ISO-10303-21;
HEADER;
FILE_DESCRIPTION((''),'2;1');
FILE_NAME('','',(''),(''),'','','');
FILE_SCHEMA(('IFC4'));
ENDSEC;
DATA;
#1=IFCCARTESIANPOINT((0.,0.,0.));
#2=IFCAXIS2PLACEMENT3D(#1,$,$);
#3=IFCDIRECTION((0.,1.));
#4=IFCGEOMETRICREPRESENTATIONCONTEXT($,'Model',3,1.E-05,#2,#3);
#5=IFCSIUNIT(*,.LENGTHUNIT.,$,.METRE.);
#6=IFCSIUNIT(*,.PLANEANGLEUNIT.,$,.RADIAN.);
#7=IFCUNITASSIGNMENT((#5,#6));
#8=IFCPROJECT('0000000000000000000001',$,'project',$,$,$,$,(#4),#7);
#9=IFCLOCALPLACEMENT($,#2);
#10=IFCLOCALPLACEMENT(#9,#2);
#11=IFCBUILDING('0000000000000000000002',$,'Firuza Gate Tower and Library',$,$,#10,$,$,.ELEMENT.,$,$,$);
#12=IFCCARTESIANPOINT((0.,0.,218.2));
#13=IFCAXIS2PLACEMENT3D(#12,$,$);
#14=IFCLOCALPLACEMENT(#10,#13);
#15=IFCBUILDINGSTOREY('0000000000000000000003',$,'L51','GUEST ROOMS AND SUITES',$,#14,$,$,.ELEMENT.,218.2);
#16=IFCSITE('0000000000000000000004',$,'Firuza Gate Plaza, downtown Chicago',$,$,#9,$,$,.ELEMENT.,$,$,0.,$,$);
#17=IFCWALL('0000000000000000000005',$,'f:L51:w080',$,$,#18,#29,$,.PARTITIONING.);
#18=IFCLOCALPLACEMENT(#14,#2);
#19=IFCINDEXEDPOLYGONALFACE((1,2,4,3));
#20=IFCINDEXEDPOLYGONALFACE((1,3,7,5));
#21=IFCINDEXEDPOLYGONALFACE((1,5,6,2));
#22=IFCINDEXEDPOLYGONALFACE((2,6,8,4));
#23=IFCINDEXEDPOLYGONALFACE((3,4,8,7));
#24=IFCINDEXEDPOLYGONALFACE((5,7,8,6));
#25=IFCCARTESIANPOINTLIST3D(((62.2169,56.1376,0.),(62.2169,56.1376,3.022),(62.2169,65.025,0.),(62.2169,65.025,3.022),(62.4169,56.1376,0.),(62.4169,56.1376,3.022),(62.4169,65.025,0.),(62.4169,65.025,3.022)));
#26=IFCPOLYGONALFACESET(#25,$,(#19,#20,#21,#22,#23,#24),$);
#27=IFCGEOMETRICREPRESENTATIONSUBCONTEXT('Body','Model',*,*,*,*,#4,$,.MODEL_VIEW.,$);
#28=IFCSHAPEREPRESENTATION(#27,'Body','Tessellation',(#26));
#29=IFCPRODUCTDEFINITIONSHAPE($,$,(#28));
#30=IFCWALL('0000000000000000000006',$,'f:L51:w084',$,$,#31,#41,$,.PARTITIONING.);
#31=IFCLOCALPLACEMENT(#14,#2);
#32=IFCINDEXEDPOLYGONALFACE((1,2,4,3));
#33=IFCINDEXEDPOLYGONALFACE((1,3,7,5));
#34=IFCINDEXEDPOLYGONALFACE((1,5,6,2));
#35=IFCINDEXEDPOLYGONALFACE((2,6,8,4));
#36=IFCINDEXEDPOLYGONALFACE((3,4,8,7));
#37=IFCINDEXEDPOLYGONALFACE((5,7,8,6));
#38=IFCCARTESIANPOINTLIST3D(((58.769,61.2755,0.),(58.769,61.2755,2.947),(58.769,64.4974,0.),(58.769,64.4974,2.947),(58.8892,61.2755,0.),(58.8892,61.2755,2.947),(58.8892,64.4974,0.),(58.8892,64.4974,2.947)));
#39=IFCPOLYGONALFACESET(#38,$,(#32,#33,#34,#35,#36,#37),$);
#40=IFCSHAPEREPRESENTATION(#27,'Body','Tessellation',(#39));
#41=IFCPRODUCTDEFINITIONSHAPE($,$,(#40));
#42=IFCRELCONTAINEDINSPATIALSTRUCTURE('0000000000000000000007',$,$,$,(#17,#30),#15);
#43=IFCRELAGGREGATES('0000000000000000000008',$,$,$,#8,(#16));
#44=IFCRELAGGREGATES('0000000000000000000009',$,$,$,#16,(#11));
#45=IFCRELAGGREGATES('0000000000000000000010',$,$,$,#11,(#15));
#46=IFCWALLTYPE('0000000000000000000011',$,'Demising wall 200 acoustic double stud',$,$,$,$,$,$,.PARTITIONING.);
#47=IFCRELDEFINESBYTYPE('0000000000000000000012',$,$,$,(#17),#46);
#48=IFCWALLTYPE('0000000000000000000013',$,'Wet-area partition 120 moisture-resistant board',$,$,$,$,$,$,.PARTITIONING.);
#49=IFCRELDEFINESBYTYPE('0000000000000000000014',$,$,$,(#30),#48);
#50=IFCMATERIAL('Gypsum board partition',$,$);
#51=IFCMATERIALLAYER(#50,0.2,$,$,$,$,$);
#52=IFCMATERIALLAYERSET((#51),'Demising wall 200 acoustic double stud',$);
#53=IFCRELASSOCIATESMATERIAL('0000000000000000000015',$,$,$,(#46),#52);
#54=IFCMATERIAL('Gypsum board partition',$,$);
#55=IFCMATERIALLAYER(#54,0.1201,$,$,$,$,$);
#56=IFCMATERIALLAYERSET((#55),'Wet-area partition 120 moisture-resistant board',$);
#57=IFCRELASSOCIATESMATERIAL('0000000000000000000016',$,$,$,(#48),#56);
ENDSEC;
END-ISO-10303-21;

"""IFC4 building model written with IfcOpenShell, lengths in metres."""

from ifc_helpers import new_model, si_unit, direction, frame, frame_2d, origin, place, context, subcontext, project, spatial, rectangle, extrude, material, layer, layer_set, type_object, element, save


model = new_model("IFC4")

# Units and contexts
model_context = context("Model", 3, precision=1e-05, world=origin(), true_north=direction((0.0, 1.0)))
body_context = subcontext(model_context, "Body", "Model", "MODEL_VIEW")
ifc_project = project(units=[si_unit("LENGTHUNIT", "METRE"), si_unit("PLANEANGLEUNIT", "RADIAN")], contexts=[model_context])

# Site, building, storey
site_placement = place(None, origin())
site = spatial("IfcSite", under=ifc_project, at=site_placement, Name="Firuza Gate Plaza, downtown Chicago", CompositionType="ELEMENT", RefElevation=0.0)
building_placement = place(site_placement, origin())
building = spatial("IfcBuilding", under=site, at=building_placement, Name="Firuza Gate Tower and Library", CompositionType="ELEMENT")
storey_placement = place(building_placement, frame((0.0, 0.0, 218.2)))
storey = spatial("IfcBuildingStorey", under=building, at=storey_placement, Name="L51", Description="GUEST ROOMS AND SUITES", CompositionType="ELEMENT", Elevation=218.2)

# Walls
ifc_material_1 = material(Name="Gypsum board partition")
ifc_layer_1 = layer(ifc_material_1, 0.2)
ifc_layer_set_1 = layer_set([ifc_layer_1], Name="Demising wall 200 acoustic double stud")
wall_type_1 = type_object("IfcWallType", Name="Demising wall 200 acoustic double stud", PredefinedType="PARTITIONING", material=ifc_layer_set_1)
for number, where, z_axis, x_axis, name in (
    (1, (62.3169, 56.1375, 0.0), (0.0, 0.0, 1.0), (0.0, 1.0, 0.0), "f:L51:w080"),
):
    element("IfcWall", number, at=place(storey_placement, frame(where, z_axis=z_axis, x_axis=x_axis)), inside=storey, type_object=wall_type_1, Name=name, PredefinedType="PARTITIONING", context=body_context, shape_type="SweptSolid", body=[
        extrude(rectangle(XDim=8.8875, YDim=0.2, at=frame_2d((4.4438, 0.0))), origin(), (0.0, 0.0, 1.0), 3.022),
    ])
ifc_material_2 = material(Name="Gypsum board partition")
ifc_layer_2 = layer(ifc_material_2, 0.1201)
ifc_layer_set_2 = layer_set([ifc_layer_2], Name="Wet-area partition 120 moisture-resistant board")
wall_type_2 = type_object("IfcWallType", Name="Wet-area partition 120 moisture-resistant board", PredefinedType="PARTITIONING", material=ifc_layer_set_2)
wall_placement = place(storey_placement, frame((58.8291, 61.2756, 0.0), z_axis=(0.0, 0.0, 1.0), x_axis=(0.0, 1.0, 0.0)))
element("IfcWall", 2, at=wall_placement, inside=storey, type_object=wall_type_2, Name="f:L51:w084", PredefinedType="PARTITIONING", context=body_context, shape_type="SweptSolid", body=[
    extrude(rectangle(XDim=3.2219, YDim=0.1201, at=frame_2d((1.6108, 0.0))), origin(), (0.0, 0.0, 1.0), 2.947),
])

save(model, "model.ifc")
